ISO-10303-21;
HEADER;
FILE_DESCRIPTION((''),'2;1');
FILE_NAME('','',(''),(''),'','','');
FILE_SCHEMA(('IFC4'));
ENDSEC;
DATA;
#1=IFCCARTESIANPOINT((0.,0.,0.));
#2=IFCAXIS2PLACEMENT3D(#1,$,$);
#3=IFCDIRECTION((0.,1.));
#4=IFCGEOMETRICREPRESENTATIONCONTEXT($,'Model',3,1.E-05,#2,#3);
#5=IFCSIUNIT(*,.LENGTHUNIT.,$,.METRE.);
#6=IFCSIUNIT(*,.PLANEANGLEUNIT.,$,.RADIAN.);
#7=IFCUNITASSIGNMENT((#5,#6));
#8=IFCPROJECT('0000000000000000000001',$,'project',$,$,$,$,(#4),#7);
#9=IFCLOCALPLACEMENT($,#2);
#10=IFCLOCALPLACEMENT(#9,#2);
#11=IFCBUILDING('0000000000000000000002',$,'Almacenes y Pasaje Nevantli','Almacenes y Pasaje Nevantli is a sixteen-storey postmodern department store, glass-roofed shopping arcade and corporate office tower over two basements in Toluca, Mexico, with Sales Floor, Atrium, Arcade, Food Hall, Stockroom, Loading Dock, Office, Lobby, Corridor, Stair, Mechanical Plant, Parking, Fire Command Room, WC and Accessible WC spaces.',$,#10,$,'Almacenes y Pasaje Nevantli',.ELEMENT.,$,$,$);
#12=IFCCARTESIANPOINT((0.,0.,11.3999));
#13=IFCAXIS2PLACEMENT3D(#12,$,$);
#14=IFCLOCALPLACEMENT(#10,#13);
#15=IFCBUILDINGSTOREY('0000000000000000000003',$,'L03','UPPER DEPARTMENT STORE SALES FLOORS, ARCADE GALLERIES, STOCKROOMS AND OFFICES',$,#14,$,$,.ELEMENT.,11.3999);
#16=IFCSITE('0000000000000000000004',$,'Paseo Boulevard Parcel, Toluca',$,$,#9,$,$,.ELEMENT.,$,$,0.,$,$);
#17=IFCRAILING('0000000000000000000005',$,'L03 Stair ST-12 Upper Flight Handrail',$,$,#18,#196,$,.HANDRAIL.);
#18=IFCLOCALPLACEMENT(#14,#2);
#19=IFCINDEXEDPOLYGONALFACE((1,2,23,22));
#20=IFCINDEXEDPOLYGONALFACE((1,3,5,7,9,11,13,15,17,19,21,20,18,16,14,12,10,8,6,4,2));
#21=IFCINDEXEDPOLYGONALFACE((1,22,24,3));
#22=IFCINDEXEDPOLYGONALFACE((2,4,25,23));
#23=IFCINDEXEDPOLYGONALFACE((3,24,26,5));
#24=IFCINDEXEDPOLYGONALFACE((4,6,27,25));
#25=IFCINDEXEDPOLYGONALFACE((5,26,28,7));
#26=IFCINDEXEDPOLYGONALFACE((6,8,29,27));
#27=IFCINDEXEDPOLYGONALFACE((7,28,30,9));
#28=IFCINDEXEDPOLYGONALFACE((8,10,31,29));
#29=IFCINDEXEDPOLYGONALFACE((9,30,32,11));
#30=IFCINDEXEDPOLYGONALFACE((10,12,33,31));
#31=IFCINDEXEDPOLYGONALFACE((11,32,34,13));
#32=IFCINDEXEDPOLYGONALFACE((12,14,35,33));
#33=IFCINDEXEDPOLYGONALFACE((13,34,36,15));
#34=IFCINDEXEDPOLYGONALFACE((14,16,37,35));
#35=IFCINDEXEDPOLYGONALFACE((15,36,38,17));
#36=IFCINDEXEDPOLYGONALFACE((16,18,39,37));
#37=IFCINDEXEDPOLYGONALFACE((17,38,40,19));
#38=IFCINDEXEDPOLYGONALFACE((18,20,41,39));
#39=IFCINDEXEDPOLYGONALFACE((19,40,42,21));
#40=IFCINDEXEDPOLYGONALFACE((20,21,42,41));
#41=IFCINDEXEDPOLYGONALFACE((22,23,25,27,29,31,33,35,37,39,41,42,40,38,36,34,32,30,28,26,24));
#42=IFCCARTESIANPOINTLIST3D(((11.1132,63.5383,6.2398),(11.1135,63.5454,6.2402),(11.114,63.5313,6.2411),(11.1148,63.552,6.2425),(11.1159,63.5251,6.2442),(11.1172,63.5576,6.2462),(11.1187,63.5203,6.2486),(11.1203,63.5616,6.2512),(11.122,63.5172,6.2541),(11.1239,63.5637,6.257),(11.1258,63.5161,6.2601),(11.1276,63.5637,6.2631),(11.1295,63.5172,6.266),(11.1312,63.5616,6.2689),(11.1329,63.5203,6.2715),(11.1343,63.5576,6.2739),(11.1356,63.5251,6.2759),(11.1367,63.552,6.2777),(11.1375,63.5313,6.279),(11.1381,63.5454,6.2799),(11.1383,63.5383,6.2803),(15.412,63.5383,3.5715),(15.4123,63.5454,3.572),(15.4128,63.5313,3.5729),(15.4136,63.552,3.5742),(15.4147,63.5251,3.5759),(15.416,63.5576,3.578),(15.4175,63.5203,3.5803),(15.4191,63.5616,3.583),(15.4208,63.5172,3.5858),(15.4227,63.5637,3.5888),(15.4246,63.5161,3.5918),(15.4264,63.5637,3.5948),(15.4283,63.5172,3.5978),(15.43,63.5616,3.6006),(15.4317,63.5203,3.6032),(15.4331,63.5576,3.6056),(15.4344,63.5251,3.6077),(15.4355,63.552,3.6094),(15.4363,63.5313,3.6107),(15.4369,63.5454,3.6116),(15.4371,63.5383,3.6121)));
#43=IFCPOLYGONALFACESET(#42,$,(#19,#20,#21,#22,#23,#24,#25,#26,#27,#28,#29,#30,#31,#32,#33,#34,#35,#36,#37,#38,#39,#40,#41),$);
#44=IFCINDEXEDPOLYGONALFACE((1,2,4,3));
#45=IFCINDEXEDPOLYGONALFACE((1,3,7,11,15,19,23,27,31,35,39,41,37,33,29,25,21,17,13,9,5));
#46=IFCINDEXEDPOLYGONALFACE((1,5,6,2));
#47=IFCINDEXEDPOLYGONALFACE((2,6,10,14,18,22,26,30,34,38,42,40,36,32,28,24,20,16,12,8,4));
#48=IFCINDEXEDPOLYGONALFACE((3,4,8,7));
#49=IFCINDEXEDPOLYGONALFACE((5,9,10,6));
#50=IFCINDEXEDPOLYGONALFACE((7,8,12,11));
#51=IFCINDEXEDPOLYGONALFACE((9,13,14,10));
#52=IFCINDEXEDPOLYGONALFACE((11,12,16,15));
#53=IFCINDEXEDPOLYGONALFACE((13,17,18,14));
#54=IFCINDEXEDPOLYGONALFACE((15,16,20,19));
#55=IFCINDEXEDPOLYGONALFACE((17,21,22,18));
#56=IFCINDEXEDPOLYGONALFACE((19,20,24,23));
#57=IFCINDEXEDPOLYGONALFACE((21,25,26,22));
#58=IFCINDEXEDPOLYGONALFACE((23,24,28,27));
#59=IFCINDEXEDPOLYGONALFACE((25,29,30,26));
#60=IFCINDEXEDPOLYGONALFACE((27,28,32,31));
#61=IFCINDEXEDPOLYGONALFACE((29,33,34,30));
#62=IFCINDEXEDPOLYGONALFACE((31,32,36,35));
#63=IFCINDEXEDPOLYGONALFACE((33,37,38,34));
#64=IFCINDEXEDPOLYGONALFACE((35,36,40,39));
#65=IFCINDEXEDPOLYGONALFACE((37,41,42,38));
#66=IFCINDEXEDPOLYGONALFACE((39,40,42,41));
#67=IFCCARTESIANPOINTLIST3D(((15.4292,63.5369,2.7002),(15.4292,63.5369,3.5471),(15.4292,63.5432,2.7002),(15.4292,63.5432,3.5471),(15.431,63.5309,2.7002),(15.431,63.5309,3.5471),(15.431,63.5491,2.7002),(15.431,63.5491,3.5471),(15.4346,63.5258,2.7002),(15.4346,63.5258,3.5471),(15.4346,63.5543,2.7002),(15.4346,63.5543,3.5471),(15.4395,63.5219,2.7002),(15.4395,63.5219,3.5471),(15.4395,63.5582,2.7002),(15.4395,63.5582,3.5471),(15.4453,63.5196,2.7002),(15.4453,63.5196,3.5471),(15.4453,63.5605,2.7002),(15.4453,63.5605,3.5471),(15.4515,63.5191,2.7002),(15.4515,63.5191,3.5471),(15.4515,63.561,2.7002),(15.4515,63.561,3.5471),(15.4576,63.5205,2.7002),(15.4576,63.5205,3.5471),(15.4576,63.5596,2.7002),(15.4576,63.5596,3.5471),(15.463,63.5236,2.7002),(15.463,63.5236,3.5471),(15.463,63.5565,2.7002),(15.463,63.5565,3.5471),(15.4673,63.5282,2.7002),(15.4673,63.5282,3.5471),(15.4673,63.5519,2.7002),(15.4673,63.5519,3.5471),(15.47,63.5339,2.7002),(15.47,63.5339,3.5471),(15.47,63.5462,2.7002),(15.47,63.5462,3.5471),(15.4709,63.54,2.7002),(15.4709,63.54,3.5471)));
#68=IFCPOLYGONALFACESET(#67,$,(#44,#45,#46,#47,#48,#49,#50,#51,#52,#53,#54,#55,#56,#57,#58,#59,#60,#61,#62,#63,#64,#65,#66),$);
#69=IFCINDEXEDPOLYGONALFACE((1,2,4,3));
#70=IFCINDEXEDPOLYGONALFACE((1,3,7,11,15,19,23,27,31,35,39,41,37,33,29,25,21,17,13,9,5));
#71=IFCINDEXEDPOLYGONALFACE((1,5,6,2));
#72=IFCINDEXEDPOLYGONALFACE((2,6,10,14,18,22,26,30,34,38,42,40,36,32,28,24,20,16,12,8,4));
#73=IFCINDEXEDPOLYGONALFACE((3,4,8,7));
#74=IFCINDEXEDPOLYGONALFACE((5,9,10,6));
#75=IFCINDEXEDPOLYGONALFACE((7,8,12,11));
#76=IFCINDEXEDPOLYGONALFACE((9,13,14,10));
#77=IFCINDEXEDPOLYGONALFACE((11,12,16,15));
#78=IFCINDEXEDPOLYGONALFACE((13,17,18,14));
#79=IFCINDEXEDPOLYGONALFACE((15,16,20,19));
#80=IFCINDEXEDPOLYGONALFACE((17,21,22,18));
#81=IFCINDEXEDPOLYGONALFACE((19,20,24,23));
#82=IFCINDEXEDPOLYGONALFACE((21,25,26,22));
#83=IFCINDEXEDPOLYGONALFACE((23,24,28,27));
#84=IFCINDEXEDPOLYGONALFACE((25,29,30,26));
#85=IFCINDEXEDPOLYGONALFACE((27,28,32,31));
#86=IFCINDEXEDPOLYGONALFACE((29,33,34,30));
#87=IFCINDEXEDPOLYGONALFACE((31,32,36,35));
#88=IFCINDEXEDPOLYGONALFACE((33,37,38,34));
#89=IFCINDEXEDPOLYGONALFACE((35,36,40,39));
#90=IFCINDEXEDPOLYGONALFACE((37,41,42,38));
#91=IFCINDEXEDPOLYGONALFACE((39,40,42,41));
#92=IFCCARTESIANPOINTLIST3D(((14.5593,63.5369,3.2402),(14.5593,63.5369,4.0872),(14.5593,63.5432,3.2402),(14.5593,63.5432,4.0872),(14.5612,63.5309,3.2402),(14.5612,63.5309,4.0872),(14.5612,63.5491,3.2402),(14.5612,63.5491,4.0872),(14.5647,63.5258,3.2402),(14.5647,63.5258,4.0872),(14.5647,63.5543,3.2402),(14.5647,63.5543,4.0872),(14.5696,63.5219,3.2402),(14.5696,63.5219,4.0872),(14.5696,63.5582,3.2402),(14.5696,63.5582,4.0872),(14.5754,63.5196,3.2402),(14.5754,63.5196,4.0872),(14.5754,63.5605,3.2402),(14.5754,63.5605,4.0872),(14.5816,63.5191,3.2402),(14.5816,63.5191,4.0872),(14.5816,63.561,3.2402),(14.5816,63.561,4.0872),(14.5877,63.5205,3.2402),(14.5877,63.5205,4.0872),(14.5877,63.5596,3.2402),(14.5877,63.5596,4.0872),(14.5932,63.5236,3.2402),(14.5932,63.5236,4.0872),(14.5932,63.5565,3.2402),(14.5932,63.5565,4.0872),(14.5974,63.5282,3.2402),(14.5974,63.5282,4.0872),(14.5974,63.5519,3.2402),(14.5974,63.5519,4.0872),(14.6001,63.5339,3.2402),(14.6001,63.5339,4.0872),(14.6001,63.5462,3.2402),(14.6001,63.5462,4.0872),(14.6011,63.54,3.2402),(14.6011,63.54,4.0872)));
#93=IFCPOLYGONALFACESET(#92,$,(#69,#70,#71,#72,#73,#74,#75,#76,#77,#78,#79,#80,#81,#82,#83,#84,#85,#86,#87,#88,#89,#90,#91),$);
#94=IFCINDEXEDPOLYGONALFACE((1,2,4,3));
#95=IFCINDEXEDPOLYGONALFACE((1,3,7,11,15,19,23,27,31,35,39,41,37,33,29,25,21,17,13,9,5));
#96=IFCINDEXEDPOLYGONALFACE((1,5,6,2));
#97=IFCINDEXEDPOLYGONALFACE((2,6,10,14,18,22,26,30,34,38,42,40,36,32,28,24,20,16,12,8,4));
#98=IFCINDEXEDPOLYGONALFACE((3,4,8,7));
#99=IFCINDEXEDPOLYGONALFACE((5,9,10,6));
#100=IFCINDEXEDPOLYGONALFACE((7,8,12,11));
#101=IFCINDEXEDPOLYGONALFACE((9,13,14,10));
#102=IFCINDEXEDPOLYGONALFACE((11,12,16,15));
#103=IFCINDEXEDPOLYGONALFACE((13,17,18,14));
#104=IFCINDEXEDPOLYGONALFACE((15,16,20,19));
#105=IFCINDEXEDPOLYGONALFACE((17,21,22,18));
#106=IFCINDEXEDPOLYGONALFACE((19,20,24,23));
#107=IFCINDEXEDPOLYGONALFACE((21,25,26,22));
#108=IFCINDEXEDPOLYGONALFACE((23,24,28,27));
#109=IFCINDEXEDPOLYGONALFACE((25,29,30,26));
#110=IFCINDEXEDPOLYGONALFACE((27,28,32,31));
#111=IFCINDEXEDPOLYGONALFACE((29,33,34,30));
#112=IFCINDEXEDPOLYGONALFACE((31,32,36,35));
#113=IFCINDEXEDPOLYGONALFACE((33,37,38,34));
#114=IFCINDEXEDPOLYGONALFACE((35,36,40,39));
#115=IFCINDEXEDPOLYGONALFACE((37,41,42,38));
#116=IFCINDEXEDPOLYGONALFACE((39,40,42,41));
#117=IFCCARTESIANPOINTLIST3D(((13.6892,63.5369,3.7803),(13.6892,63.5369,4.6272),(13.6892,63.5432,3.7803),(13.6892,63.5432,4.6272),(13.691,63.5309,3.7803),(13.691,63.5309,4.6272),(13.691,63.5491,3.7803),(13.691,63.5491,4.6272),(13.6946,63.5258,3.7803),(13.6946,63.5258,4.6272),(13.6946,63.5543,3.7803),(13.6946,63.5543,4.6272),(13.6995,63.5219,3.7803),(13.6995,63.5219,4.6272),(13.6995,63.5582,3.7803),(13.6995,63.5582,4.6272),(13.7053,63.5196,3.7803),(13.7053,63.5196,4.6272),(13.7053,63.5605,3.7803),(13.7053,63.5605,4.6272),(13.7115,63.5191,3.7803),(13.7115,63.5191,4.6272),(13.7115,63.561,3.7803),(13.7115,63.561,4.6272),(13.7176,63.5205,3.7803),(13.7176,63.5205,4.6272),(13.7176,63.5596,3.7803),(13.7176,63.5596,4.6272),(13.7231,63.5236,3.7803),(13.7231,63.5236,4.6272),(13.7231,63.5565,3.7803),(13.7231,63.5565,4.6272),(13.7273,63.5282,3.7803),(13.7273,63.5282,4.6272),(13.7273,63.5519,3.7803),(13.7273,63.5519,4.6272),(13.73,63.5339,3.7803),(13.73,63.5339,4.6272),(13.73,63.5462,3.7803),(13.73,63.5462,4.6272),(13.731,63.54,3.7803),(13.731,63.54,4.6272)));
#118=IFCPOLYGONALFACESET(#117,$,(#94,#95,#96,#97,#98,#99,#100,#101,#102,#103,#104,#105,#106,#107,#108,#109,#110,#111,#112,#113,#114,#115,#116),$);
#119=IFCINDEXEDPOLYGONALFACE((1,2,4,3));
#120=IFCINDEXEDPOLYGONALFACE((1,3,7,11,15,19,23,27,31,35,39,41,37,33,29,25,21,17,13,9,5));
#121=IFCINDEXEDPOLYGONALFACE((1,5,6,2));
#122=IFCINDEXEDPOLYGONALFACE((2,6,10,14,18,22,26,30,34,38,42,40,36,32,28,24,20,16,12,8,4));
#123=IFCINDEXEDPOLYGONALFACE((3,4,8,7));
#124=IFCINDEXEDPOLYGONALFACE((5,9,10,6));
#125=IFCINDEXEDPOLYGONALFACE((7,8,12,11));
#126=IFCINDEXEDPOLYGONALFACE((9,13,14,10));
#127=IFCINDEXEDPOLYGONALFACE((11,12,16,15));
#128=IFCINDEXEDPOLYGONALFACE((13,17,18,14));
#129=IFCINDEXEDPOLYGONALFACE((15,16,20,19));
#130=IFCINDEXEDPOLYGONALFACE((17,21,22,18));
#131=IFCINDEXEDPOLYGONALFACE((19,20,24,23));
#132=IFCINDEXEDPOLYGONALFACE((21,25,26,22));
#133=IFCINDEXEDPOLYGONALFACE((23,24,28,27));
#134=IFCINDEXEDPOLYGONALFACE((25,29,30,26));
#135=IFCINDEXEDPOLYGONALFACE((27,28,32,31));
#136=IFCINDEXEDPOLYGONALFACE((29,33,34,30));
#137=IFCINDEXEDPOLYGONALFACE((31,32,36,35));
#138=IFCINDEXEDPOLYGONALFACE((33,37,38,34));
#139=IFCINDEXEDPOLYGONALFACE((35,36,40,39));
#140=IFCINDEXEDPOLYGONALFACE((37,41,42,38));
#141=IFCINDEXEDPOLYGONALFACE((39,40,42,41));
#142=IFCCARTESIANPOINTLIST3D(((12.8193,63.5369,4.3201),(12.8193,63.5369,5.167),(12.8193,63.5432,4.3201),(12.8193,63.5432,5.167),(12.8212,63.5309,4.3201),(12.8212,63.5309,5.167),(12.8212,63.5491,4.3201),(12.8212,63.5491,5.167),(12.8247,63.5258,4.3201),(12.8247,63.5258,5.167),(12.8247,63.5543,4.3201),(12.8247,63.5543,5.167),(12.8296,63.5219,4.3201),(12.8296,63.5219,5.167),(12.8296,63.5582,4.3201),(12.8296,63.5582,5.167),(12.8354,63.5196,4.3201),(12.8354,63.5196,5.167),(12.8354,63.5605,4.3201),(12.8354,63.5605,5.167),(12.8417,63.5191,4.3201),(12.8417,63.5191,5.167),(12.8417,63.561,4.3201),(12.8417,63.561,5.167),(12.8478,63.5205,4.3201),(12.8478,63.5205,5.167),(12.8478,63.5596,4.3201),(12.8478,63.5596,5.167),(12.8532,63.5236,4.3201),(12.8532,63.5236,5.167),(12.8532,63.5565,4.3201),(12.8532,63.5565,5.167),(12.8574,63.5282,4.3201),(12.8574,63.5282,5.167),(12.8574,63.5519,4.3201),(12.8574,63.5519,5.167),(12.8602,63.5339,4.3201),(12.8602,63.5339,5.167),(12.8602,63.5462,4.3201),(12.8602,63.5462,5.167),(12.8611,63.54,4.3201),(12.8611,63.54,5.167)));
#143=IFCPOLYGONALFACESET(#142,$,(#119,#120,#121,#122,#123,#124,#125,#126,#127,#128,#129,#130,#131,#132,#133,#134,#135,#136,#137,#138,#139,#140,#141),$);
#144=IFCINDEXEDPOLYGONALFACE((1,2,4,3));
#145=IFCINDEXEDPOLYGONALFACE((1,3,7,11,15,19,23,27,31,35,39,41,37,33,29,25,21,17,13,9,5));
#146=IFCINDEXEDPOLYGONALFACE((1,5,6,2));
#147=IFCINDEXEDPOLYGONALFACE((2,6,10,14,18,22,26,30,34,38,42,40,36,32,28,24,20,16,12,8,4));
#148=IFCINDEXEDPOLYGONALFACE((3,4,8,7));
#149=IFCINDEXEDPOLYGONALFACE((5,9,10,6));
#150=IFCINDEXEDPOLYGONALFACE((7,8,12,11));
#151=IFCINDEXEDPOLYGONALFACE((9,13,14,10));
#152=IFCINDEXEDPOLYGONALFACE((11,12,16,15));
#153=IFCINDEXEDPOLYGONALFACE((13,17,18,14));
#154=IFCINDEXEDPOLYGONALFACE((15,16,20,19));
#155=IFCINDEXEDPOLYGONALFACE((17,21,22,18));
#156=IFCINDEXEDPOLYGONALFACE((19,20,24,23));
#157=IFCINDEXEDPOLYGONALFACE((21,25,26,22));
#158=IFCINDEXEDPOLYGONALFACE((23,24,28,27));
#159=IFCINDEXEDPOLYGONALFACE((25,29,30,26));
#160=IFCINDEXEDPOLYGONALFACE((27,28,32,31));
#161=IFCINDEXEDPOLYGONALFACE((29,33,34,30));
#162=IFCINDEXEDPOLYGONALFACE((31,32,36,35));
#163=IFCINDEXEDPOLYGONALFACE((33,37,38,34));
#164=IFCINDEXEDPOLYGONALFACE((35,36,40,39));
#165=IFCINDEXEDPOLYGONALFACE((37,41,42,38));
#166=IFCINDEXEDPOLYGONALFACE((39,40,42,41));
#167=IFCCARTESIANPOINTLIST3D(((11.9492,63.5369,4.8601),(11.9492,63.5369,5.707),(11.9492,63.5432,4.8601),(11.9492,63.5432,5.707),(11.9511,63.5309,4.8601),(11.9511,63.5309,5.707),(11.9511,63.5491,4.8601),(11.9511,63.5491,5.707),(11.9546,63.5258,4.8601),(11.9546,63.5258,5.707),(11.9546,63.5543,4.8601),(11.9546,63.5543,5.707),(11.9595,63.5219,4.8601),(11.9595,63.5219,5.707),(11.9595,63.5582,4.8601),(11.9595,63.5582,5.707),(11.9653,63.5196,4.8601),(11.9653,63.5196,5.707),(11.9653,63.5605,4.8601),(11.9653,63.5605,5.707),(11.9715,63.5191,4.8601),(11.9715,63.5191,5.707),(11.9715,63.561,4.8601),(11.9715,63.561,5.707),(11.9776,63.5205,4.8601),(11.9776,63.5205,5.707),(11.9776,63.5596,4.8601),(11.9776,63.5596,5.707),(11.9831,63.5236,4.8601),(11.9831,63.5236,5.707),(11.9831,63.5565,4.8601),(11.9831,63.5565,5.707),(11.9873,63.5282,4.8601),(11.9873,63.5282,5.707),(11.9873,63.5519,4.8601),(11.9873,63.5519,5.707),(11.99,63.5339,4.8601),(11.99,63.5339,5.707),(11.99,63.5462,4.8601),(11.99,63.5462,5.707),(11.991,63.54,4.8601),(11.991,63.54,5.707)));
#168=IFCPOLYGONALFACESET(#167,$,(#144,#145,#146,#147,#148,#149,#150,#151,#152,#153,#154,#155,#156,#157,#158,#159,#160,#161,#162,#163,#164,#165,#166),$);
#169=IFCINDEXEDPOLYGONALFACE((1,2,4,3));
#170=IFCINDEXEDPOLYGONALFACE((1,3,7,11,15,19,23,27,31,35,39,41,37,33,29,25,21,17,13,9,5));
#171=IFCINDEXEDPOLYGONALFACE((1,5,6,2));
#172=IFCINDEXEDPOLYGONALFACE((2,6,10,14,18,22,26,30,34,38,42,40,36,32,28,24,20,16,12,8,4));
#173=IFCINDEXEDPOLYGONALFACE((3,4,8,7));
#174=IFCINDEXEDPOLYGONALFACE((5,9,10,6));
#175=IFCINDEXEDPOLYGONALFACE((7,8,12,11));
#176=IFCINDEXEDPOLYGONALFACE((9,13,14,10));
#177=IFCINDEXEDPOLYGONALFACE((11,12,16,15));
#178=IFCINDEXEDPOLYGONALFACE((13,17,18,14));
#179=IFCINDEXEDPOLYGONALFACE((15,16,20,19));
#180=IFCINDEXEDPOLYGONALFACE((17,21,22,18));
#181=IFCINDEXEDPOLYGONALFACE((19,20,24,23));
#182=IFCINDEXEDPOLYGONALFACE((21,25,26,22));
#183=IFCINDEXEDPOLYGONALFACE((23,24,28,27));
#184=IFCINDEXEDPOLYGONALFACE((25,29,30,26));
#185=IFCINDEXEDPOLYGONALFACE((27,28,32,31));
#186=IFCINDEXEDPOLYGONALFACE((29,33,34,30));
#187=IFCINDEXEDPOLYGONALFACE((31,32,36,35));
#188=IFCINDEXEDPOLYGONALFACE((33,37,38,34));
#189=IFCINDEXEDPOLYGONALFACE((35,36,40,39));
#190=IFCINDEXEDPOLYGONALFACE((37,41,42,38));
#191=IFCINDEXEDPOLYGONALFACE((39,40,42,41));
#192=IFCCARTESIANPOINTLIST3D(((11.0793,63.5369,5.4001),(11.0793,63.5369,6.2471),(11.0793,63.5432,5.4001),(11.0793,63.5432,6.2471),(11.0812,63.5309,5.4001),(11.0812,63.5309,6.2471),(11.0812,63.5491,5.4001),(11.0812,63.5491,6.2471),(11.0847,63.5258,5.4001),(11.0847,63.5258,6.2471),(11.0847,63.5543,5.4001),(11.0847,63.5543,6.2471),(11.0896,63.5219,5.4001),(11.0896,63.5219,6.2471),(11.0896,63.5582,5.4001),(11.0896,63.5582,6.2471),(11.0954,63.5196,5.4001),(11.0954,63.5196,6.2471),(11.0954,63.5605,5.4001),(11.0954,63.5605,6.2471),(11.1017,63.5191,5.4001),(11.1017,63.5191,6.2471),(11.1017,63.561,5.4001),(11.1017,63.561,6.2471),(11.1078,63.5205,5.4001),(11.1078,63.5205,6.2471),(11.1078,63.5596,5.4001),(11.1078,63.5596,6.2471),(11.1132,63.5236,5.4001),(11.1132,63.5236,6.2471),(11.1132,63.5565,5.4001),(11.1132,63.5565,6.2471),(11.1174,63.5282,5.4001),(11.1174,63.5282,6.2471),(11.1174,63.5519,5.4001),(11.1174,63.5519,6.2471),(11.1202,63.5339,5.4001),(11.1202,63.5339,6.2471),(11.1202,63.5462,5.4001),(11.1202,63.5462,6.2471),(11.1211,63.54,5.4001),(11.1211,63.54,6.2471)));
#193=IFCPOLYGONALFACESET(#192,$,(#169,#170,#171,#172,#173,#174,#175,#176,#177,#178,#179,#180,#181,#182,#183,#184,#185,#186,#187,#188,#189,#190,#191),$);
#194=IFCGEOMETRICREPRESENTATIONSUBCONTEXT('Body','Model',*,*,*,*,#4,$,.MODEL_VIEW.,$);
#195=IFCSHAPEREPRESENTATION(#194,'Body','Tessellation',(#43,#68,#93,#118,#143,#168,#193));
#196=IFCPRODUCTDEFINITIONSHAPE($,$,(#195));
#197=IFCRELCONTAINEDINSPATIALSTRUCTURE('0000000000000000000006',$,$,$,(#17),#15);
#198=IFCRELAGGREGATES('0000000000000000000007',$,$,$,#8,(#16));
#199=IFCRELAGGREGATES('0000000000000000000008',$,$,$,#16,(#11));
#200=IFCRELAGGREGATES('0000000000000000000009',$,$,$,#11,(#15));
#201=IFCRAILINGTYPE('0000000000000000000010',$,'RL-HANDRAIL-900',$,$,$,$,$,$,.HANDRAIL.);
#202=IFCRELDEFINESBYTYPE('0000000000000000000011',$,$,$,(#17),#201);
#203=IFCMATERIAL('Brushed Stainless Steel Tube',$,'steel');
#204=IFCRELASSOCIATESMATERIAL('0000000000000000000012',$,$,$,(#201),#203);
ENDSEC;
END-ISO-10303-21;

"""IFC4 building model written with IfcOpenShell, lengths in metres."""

from ifc_helpers import new_model, si_unit, direction, frame, origin, origin_2d, place, context, subcontext, project, spatial, circle, extrude, material, type_object, element, save


model = new_model("IFC4")

# Units and contexts
model_context = context("Model", 3, precision=1e-05, world=origin(), true_north=direction((0.0, 1.0)))
body_context = subcontext(model_context, "Body", "Model", "MODEL_VIEW")
ifc_project = project(units=[si_unit("LENGTHUNIT", "METRE"), si_unit("PLANEANGLEUNIT", "RADIAN")], contexts=[model_context])

# Site, building, storey
site_placement = place(None, origin())
site = spatial("IfcSite", under=ifc_project, at=site_placement, Name="Paseo Boulevard Parcel, Toluca", CompositionType="ELEMENT", RefElevation=0.0)
building_placement = place(site_placement, origin())
building = spatial("IfcBuilding", under=site, at=building_placement, Name="Almacenes y Pasaje Nevantli", Description="Almacenes y Pasaje Nevantli is a sixteen-storey postmodern department store, glass-roofed shopping arcade and corporate office tower over two basements in Toluca, Mexico, with Sales Floor, Atrium, Arcade, Food Hall, Stockroom, Loading Dock, Office, Lobby, Corridor, Stair, Mechanical Plant, Parking, Fire Command Room, WC and Accessible WC spaces.", LongName="Almacenes y Pasaje Nevantli", CompositionType="ELEMENT")
storey_placement = place(building_placement, frame((0.0, 0.0, 11.3999)))
storey = spatial("IfcBuildingStorey", under=building, at=storey_placement, Name="L03", Description="UPPER DEPARTMENT STORE SALES FLOORS, ARCADE GALLERIES, STOCKROOMS AND OFFICES", CompositionType="ELEMENT", Elevation=11.3999)

# Railing
ifc_material_1 = material(Name="Brushed Stainless Steel Tube", Category="steel")
railing_type_1 = type_object("IfcRailingType", Name="RL-HANDRAIL-900", PredefinedType="HANDRAIL", material=ifc_material_1)
railing_1_placement = place(storey_placement, frame((15.45, 63.54, 2.7002)))
element("IfcRailing", 1, at=railing_1_placement, inside=storey, type_object=railing_type_1, Name="L03 Stair ST-12 Upper Flight Handrail", PredefinedType="HANDRAIL", context=body_context, shape_type="SweptSolid", body=[
    extrude(circle(Radius=0.0239, at=origin_2d()), frame((-0.0254, 0.0, 0.8916), z_axis=(-0.849636, 0.0, 0.527369), x_axis=(0.0, -1.0, 0.0)), (0.0, 0.0, 1.0), 5.0596),
    extrude(circle(Radius=0.021, at=origin_2d()), origin(), (0.0, 0.0, 1.0), 0.8469),
    extrude(circle(Radius=0.021, at=origin_2d()), frame((-0.8699, 0.0, 0.54)), (0.0, 0.0, 1.0), 0.8469),
    extrude(circle(Radius=0.021, at=origin_2d()), frame((-1.74, 0.0, 1.0801)), (0.0, 0.0, 1.0), 0.8469),
    extrude(circle(Radius=0.021, at=origin_2d()), frame((-2.6099, 0.0, 1.6199)), (0.0, 0.0, 1.0), 0.8469),
    extrude(circle(Radius=0.021, at=origin_2d()), frame((-3.48, 0.0, 2.1599)), (0.0, 0.0, 1.0), 0.8469),
    extrude(circle(Radius=0.021, at=origin_2d()), frame((-4.3499, 0.0, 2.7)), (0.0, 0.0, 1.0), 0.8469),
])

save(model, "model.ifc")
